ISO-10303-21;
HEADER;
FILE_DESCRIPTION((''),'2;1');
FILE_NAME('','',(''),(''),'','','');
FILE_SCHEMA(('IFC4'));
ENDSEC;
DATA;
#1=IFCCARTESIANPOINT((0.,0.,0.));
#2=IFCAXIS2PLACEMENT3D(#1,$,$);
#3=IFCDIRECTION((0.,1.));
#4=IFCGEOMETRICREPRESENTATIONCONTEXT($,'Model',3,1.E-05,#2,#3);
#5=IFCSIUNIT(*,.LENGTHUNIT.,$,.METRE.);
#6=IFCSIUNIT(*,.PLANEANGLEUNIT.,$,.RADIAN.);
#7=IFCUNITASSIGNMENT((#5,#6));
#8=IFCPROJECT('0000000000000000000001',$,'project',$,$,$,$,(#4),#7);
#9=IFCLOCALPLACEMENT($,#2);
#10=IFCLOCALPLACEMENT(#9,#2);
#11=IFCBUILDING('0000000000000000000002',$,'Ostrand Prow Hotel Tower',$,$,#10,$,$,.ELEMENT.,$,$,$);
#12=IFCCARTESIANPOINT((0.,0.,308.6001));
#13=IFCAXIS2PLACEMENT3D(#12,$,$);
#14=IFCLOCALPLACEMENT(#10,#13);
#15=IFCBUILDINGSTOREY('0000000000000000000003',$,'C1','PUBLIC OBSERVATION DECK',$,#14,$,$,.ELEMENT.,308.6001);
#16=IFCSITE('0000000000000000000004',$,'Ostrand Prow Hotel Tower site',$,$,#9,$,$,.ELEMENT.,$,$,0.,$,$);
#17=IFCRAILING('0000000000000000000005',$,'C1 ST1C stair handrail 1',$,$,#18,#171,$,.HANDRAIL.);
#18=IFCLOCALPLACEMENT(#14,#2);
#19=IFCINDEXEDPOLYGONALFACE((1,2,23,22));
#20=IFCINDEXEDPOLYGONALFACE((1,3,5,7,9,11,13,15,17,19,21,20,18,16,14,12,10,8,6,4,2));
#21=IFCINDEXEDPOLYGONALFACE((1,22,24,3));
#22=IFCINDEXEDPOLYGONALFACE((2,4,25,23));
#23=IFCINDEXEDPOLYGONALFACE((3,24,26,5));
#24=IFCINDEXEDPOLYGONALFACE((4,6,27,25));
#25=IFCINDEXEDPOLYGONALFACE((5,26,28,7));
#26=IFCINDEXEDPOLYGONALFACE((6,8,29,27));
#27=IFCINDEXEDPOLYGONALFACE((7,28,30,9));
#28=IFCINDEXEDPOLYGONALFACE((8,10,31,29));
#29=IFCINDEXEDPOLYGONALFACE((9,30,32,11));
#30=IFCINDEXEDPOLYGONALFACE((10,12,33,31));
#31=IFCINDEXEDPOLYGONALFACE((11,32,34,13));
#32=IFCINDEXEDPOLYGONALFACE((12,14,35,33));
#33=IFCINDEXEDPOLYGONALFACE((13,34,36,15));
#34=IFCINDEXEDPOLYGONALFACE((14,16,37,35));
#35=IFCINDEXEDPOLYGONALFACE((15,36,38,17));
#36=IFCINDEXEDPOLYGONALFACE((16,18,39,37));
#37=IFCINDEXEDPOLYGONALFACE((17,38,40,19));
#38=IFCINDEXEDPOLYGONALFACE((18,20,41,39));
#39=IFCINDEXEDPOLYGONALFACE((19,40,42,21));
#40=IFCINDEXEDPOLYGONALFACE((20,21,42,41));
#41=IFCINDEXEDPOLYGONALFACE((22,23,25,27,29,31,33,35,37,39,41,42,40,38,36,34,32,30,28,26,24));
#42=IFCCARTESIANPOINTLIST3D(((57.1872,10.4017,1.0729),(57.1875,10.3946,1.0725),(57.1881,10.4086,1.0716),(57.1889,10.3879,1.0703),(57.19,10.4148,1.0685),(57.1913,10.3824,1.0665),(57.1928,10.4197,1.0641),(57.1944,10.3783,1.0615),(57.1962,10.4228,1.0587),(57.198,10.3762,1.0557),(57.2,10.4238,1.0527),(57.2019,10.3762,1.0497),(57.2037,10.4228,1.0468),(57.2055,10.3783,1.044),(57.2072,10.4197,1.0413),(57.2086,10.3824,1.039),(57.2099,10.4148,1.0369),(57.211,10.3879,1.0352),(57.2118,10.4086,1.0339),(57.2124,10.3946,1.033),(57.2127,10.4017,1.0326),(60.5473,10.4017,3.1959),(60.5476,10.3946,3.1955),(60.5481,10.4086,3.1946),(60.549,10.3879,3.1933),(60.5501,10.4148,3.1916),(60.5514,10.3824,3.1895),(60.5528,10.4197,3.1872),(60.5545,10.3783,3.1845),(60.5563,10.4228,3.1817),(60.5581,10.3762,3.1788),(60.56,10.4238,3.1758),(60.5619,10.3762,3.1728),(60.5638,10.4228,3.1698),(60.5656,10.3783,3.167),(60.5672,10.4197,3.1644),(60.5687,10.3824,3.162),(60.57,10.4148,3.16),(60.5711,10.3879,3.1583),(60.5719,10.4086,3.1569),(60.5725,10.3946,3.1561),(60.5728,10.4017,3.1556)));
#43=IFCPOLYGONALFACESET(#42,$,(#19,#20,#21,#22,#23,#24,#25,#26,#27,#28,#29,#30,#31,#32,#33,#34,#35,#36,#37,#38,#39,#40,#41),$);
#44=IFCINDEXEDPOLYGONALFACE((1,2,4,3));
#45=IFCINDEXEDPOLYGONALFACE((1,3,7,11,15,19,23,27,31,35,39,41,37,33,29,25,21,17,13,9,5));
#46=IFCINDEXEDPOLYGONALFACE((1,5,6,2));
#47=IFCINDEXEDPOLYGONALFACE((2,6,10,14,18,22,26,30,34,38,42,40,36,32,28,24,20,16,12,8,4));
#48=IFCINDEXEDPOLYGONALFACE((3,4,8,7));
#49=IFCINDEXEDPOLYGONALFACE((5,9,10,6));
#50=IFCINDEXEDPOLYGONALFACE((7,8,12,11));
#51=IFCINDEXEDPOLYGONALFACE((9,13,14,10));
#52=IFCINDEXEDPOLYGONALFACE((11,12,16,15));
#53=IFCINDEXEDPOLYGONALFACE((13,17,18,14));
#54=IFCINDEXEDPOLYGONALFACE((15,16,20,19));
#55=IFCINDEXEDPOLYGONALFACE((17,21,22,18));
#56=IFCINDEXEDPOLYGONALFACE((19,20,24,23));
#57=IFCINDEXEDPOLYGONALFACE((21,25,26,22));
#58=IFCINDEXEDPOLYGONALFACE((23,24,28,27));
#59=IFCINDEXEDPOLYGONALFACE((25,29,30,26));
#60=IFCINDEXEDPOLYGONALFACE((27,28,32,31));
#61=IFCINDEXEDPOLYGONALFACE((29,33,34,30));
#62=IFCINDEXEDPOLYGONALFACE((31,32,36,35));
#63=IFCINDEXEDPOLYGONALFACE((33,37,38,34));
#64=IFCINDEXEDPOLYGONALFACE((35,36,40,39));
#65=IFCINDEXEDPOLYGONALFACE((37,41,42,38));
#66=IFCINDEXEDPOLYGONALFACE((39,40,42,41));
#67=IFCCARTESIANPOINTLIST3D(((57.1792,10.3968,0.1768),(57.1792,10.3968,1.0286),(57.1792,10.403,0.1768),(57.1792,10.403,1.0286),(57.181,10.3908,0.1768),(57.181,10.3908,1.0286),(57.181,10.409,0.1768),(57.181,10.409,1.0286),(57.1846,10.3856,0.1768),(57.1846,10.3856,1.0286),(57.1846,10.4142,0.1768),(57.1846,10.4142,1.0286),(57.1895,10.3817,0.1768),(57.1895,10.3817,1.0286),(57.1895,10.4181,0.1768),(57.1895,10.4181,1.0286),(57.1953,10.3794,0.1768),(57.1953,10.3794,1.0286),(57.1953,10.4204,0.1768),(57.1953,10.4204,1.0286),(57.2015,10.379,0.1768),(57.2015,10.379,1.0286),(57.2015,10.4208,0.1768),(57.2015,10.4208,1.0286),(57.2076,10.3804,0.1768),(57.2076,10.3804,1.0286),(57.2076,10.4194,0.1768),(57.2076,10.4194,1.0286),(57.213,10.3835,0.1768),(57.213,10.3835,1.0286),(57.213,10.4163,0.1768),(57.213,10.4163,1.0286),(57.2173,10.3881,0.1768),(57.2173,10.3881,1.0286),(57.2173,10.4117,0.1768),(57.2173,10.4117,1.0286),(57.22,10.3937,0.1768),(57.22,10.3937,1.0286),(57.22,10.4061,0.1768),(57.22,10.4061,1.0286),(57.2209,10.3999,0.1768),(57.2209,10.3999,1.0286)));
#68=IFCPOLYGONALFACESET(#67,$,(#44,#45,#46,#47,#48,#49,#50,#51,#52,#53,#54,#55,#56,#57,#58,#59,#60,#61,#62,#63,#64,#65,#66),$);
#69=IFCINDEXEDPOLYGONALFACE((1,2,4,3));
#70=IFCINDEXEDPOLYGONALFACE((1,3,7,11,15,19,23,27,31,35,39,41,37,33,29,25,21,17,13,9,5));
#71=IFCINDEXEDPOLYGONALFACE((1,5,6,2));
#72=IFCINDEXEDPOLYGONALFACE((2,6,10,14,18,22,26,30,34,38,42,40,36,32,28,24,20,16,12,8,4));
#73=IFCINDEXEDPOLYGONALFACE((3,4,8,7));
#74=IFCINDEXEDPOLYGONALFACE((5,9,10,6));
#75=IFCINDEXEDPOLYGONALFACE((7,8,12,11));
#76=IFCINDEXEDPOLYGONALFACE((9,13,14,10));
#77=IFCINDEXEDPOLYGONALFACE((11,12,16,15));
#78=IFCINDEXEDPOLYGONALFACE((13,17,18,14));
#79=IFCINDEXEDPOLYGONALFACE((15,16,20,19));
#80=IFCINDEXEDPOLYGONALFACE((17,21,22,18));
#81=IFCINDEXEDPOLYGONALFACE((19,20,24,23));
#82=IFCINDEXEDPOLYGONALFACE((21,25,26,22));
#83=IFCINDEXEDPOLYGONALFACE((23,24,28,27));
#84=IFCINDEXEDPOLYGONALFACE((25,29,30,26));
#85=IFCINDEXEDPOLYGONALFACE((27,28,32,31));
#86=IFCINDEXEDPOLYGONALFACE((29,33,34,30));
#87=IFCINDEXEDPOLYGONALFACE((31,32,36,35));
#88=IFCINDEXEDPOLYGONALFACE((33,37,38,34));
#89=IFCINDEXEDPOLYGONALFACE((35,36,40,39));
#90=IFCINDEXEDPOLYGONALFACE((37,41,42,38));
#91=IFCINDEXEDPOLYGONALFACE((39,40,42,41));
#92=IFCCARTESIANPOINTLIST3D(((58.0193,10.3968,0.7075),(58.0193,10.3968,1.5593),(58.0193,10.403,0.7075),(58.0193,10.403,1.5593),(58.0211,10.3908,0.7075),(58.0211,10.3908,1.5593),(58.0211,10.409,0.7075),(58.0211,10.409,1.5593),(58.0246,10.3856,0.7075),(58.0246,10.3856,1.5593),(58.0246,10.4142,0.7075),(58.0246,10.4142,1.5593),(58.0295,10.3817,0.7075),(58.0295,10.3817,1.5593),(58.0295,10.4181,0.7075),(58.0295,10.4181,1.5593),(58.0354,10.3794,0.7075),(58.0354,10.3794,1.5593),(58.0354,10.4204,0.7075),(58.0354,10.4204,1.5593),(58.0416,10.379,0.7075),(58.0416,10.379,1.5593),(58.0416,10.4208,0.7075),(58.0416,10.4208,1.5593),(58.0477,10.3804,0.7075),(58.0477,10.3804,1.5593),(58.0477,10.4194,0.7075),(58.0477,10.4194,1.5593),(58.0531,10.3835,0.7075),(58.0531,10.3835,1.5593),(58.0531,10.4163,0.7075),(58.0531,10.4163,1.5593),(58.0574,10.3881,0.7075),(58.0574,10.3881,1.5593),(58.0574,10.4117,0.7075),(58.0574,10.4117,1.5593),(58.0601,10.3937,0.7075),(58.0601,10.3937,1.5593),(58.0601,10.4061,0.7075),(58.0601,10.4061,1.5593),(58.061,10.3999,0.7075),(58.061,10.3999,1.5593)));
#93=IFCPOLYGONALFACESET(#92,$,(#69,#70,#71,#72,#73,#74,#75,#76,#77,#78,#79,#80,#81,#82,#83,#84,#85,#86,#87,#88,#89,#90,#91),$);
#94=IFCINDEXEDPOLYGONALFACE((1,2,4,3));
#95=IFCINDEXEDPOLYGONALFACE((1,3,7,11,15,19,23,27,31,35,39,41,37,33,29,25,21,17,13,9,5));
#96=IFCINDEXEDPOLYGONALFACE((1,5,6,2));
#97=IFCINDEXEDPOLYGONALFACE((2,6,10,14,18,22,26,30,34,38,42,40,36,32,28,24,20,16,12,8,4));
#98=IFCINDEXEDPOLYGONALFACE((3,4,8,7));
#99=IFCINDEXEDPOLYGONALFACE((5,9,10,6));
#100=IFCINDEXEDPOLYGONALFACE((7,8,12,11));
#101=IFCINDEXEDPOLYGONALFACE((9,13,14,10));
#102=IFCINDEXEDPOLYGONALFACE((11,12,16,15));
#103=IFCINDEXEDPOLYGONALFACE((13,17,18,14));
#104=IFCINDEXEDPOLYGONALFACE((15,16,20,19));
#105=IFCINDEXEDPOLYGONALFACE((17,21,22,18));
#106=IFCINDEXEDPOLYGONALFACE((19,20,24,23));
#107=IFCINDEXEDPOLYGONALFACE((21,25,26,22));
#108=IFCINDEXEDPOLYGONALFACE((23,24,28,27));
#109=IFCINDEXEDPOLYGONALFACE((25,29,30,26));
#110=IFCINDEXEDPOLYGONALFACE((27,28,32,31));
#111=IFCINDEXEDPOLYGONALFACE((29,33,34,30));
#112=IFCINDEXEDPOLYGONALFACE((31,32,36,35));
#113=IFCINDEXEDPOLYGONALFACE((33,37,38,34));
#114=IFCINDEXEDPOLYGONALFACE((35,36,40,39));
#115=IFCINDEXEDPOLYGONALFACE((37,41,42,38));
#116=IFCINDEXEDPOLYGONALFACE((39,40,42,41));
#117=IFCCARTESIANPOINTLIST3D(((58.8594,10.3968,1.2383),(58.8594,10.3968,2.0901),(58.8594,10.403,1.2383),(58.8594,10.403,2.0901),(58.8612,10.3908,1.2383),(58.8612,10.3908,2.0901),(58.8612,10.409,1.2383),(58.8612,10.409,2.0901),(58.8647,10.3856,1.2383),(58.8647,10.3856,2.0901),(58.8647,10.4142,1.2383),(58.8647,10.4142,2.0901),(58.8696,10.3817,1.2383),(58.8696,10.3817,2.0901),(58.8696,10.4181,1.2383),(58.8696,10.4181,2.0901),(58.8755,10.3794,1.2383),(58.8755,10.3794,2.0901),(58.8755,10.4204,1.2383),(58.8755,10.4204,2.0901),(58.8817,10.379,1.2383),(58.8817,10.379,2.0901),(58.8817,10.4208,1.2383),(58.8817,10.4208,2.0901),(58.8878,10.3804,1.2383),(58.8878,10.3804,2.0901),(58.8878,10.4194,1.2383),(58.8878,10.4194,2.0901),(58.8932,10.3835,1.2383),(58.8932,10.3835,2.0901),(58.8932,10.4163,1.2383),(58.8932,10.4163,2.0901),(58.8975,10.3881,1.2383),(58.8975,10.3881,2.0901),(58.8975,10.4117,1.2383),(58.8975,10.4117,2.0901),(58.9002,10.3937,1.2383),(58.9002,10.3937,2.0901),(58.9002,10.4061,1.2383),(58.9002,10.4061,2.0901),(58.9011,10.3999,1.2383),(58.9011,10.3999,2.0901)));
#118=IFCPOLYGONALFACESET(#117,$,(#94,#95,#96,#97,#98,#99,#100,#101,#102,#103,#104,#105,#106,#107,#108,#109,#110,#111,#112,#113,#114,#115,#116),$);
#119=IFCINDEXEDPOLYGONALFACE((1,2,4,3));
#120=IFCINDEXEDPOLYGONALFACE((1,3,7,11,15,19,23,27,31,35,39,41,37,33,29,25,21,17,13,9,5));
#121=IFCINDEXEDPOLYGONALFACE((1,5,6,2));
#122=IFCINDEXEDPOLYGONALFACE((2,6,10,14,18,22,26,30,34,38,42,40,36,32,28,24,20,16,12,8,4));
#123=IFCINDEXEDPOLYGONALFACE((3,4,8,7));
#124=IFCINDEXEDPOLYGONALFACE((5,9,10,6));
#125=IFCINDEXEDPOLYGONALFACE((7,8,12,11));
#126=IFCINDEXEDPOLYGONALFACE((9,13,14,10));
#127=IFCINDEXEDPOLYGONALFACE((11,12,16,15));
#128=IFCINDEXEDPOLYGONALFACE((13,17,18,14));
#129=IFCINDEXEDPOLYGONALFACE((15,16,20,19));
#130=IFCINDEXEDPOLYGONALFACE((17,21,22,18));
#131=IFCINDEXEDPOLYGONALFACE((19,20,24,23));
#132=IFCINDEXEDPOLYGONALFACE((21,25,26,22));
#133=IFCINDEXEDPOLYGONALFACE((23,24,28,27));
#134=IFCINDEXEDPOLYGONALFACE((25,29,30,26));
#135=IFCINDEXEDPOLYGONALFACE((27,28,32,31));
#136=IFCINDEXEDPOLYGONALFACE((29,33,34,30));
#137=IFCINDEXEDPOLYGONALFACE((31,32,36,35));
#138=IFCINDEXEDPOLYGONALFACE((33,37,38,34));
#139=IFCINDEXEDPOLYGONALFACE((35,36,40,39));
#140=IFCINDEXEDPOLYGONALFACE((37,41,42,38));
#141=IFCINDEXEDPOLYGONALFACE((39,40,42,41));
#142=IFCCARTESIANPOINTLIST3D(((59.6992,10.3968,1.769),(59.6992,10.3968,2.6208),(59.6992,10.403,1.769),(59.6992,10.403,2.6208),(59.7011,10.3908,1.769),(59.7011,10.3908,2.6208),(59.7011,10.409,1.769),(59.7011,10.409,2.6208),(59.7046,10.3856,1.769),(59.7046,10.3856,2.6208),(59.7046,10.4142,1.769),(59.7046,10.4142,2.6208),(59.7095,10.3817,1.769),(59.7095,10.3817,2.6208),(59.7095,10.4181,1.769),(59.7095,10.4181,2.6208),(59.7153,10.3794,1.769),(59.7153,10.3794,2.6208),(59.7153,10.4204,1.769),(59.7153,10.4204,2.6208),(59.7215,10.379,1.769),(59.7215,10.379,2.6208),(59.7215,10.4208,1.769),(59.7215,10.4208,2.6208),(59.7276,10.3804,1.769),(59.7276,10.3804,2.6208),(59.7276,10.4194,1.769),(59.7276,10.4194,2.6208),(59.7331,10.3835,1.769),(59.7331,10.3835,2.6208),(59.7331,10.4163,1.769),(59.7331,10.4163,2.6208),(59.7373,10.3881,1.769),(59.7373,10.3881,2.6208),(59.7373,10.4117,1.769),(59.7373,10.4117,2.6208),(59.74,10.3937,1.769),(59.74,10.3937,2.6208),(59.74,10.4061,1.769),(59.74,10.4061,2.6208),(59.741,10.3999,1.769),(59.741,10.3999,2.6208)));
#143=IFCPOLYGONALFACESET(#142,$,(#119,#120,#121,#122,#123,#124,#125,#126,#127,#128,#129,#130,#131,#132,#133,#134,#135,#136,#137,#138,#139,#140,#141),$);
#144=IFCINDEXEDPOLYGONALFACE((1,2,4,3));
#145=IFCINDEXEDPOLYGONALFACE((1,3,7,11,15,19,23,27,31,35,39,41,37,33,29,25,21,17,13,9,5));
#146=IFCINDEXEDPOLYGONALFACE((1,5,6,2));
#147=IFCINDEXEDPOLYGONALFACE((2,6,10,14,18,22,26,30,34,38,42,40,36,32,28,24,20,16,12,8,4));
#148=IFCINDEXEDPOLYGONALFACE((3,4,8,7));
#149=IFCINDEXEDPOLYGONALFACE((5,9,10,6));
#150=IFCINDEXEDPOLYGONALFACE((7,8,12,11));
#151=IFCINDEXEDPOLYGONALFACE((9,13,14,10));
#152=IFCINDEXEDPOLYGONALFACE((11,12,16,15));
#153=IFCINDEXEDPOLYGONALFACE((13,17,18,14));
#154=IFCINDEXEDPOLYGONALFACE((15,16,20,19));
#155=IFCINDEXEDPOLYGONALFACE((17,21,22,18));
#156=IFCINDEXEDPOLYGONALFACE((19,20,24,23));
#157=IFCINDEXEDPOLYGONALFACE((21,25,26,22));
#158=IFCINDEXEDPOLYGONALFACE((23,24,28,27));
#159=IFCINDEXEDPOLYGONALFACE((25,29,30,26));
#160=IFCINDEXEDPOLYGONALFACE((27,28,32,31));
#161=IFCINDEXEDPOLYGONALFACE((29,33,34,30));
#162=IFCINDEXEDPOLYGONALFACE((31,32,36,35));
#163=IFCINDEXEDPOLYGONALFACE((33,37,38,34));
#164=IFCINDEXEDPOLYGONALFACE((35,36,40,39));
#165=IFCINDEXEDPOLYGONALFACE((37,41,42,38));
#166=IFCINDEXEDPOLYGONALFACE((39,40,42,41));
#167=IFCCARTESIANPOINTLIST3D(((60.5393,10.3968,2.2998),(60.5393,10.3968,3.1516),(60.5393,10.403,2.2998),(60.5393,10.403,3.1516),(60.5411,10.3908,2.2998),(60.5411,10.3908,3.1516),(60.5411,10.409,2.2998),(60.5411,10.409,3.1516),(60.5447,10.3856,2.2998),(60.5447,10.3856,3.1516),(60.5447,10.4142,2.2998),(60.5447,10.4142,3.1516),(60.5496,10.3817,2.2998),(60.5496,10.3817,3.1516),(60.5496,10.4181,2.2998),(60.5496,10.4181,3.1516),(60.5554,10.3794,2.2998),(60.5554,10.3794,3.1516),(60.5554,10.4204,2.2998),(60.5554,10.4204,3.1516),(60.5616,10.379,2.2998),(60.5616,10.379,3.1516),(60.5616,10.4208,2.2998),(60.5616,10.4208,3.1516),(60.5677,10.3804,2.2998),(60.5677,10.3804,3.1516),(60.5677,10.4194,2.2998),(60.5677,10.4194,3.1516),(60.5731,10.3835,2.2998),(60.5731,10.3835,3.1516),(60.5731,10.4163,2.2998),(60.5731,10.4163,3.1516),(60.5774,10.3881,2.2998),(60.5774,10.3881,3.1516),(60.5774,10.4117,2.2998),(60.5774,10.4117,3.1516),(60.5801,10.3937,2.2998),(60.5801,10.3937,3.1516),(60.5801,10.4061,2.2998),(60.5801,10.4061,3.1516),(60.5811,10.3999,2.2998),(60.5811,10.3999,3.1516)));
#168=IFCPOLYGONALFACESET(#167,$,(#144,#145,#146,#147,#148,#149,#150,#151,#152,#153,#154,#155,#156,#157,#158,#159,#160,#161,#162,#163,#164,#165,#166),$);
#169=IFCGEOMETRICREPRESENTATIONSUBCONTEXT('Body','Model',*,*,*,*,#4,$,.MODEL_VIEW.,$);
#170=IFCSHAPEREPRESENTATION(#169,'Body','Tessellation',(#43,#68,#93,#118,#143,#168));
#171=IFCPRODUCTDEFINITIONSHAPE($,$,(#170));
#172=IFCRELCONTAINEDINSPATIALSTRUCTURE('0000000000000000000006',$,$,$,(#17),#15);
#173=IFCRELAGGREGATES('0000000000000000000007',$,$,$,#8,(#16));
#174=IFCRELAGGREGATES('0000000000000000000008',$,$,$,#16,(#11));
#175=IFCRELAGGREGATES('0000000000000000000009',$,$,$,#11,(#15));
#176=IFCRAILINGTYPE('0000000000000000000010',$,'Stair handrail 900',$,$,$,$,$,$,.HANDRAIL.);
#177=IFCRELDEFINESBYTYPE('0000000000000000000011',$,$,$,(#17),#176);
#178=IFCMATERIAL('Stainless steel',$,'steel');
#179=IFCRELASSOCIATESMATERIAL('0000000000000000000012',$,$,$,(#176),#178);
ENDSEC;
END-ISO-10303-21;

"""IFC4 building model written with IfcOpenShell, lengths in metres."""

from ifc_helpers import new_model, si_unit, direction, frame, origin, origin_2d, place, context, subcontext, project, spatial, circle, extrude, material, type_object, element, save


model = new_model("IFC4")

# Units and contexts
model_context = context("Model", 3, precision=1e-05, world=origin(), true_north=direction((0.0, 1.0)))
body_context = subcontext(model_context, "Body", "Model", "MODEL_VIEW")
ifc_project = project(units=[si_unit("LENGTHUNIT", "METRE"), si_unit("PLANEANGLEUNIT", "RADIAN")], contexts=[model_context])

# Site, building, storey
site_placement = place(None, origin())
site = spatial("IfcSite", under=ifc_project, at=site_placement, Name="Ostrand Prow Hotel Tower site", CompositionType="ELEMENT", RefElevation=0.0)
building_placement = place(site_placement, origin())
building = spatial("IfcBuilding", under=site, at=building_placement, Name="Ostrand Prow Hotel Tower", CompositionType="ELEMENT")
storey_placement = place(building_placement, frame((0.0, 0.0, 308.6001)))
storey = spatial("IfcBuildingStorey", under=building, at=storey_placement, Name="C1", Description="PUBLIC OBSERVATION DECK", CompositionType="ELEMENT", Elevation=308.6001)

# Railing
ifc_material_1 = material(Name="Stainless steel", Category="steel")
railing_type_1 = type_object("IfcRailingType", Name="Stair handrail 900", PredefinedType="HANDRAIL", material=ifc_material_1)
railing_1_placement = place(storey_placement, frame((57.2, 10.3999, 0.1768)))
element("IfcRailing", 1, at=railing_1_placement, inside=storey, type_object=railing_type_1, Name="C1 ST1C stair handrail 1", PredefinedType="HANDRAIL", context=body_context, shape_type="SweptSolid", body=[
    extrude(circle(Radius=0.0239, at=origin_2d()), frame((0.0, 0.0, 0.876), z_axis=(0.84539, 0.0, 0.53415), x_axis=(0.0, 1.0, 0.0)), (0.0, 0.0, 1.0), 3.9746),
    extrude(circle(Radius=0.021, at=origin_2d()), origin(), (0.0, 0.0, 1.0), 0.8518),
    extrude(circle(Radius=0.021, at=origin_2d()), frame((0.8401, 0.0, 0.5308)), (0.0, 0.0, 1.0), 0.8518),
    extrude(circle(Radius=0.021, at=origin_2d()), frame((1.6802, 0.0, 1.0615)), (0.0, 0.0, 1.0), 0.8518),
    extrude(circle(Radius=0.021, at=origin_2d()), frame((2.52, 0.0, 1.5923)), (0.0, 0.0, 1.0), 0.8518),
    extrude(circle(Radius=0.021, at=origin_2d()), frame((3.3601, 0.0, 2.123)), (0.0, 0.0, 1.0), 0.8518),
])

save(model, "model.ifc")
